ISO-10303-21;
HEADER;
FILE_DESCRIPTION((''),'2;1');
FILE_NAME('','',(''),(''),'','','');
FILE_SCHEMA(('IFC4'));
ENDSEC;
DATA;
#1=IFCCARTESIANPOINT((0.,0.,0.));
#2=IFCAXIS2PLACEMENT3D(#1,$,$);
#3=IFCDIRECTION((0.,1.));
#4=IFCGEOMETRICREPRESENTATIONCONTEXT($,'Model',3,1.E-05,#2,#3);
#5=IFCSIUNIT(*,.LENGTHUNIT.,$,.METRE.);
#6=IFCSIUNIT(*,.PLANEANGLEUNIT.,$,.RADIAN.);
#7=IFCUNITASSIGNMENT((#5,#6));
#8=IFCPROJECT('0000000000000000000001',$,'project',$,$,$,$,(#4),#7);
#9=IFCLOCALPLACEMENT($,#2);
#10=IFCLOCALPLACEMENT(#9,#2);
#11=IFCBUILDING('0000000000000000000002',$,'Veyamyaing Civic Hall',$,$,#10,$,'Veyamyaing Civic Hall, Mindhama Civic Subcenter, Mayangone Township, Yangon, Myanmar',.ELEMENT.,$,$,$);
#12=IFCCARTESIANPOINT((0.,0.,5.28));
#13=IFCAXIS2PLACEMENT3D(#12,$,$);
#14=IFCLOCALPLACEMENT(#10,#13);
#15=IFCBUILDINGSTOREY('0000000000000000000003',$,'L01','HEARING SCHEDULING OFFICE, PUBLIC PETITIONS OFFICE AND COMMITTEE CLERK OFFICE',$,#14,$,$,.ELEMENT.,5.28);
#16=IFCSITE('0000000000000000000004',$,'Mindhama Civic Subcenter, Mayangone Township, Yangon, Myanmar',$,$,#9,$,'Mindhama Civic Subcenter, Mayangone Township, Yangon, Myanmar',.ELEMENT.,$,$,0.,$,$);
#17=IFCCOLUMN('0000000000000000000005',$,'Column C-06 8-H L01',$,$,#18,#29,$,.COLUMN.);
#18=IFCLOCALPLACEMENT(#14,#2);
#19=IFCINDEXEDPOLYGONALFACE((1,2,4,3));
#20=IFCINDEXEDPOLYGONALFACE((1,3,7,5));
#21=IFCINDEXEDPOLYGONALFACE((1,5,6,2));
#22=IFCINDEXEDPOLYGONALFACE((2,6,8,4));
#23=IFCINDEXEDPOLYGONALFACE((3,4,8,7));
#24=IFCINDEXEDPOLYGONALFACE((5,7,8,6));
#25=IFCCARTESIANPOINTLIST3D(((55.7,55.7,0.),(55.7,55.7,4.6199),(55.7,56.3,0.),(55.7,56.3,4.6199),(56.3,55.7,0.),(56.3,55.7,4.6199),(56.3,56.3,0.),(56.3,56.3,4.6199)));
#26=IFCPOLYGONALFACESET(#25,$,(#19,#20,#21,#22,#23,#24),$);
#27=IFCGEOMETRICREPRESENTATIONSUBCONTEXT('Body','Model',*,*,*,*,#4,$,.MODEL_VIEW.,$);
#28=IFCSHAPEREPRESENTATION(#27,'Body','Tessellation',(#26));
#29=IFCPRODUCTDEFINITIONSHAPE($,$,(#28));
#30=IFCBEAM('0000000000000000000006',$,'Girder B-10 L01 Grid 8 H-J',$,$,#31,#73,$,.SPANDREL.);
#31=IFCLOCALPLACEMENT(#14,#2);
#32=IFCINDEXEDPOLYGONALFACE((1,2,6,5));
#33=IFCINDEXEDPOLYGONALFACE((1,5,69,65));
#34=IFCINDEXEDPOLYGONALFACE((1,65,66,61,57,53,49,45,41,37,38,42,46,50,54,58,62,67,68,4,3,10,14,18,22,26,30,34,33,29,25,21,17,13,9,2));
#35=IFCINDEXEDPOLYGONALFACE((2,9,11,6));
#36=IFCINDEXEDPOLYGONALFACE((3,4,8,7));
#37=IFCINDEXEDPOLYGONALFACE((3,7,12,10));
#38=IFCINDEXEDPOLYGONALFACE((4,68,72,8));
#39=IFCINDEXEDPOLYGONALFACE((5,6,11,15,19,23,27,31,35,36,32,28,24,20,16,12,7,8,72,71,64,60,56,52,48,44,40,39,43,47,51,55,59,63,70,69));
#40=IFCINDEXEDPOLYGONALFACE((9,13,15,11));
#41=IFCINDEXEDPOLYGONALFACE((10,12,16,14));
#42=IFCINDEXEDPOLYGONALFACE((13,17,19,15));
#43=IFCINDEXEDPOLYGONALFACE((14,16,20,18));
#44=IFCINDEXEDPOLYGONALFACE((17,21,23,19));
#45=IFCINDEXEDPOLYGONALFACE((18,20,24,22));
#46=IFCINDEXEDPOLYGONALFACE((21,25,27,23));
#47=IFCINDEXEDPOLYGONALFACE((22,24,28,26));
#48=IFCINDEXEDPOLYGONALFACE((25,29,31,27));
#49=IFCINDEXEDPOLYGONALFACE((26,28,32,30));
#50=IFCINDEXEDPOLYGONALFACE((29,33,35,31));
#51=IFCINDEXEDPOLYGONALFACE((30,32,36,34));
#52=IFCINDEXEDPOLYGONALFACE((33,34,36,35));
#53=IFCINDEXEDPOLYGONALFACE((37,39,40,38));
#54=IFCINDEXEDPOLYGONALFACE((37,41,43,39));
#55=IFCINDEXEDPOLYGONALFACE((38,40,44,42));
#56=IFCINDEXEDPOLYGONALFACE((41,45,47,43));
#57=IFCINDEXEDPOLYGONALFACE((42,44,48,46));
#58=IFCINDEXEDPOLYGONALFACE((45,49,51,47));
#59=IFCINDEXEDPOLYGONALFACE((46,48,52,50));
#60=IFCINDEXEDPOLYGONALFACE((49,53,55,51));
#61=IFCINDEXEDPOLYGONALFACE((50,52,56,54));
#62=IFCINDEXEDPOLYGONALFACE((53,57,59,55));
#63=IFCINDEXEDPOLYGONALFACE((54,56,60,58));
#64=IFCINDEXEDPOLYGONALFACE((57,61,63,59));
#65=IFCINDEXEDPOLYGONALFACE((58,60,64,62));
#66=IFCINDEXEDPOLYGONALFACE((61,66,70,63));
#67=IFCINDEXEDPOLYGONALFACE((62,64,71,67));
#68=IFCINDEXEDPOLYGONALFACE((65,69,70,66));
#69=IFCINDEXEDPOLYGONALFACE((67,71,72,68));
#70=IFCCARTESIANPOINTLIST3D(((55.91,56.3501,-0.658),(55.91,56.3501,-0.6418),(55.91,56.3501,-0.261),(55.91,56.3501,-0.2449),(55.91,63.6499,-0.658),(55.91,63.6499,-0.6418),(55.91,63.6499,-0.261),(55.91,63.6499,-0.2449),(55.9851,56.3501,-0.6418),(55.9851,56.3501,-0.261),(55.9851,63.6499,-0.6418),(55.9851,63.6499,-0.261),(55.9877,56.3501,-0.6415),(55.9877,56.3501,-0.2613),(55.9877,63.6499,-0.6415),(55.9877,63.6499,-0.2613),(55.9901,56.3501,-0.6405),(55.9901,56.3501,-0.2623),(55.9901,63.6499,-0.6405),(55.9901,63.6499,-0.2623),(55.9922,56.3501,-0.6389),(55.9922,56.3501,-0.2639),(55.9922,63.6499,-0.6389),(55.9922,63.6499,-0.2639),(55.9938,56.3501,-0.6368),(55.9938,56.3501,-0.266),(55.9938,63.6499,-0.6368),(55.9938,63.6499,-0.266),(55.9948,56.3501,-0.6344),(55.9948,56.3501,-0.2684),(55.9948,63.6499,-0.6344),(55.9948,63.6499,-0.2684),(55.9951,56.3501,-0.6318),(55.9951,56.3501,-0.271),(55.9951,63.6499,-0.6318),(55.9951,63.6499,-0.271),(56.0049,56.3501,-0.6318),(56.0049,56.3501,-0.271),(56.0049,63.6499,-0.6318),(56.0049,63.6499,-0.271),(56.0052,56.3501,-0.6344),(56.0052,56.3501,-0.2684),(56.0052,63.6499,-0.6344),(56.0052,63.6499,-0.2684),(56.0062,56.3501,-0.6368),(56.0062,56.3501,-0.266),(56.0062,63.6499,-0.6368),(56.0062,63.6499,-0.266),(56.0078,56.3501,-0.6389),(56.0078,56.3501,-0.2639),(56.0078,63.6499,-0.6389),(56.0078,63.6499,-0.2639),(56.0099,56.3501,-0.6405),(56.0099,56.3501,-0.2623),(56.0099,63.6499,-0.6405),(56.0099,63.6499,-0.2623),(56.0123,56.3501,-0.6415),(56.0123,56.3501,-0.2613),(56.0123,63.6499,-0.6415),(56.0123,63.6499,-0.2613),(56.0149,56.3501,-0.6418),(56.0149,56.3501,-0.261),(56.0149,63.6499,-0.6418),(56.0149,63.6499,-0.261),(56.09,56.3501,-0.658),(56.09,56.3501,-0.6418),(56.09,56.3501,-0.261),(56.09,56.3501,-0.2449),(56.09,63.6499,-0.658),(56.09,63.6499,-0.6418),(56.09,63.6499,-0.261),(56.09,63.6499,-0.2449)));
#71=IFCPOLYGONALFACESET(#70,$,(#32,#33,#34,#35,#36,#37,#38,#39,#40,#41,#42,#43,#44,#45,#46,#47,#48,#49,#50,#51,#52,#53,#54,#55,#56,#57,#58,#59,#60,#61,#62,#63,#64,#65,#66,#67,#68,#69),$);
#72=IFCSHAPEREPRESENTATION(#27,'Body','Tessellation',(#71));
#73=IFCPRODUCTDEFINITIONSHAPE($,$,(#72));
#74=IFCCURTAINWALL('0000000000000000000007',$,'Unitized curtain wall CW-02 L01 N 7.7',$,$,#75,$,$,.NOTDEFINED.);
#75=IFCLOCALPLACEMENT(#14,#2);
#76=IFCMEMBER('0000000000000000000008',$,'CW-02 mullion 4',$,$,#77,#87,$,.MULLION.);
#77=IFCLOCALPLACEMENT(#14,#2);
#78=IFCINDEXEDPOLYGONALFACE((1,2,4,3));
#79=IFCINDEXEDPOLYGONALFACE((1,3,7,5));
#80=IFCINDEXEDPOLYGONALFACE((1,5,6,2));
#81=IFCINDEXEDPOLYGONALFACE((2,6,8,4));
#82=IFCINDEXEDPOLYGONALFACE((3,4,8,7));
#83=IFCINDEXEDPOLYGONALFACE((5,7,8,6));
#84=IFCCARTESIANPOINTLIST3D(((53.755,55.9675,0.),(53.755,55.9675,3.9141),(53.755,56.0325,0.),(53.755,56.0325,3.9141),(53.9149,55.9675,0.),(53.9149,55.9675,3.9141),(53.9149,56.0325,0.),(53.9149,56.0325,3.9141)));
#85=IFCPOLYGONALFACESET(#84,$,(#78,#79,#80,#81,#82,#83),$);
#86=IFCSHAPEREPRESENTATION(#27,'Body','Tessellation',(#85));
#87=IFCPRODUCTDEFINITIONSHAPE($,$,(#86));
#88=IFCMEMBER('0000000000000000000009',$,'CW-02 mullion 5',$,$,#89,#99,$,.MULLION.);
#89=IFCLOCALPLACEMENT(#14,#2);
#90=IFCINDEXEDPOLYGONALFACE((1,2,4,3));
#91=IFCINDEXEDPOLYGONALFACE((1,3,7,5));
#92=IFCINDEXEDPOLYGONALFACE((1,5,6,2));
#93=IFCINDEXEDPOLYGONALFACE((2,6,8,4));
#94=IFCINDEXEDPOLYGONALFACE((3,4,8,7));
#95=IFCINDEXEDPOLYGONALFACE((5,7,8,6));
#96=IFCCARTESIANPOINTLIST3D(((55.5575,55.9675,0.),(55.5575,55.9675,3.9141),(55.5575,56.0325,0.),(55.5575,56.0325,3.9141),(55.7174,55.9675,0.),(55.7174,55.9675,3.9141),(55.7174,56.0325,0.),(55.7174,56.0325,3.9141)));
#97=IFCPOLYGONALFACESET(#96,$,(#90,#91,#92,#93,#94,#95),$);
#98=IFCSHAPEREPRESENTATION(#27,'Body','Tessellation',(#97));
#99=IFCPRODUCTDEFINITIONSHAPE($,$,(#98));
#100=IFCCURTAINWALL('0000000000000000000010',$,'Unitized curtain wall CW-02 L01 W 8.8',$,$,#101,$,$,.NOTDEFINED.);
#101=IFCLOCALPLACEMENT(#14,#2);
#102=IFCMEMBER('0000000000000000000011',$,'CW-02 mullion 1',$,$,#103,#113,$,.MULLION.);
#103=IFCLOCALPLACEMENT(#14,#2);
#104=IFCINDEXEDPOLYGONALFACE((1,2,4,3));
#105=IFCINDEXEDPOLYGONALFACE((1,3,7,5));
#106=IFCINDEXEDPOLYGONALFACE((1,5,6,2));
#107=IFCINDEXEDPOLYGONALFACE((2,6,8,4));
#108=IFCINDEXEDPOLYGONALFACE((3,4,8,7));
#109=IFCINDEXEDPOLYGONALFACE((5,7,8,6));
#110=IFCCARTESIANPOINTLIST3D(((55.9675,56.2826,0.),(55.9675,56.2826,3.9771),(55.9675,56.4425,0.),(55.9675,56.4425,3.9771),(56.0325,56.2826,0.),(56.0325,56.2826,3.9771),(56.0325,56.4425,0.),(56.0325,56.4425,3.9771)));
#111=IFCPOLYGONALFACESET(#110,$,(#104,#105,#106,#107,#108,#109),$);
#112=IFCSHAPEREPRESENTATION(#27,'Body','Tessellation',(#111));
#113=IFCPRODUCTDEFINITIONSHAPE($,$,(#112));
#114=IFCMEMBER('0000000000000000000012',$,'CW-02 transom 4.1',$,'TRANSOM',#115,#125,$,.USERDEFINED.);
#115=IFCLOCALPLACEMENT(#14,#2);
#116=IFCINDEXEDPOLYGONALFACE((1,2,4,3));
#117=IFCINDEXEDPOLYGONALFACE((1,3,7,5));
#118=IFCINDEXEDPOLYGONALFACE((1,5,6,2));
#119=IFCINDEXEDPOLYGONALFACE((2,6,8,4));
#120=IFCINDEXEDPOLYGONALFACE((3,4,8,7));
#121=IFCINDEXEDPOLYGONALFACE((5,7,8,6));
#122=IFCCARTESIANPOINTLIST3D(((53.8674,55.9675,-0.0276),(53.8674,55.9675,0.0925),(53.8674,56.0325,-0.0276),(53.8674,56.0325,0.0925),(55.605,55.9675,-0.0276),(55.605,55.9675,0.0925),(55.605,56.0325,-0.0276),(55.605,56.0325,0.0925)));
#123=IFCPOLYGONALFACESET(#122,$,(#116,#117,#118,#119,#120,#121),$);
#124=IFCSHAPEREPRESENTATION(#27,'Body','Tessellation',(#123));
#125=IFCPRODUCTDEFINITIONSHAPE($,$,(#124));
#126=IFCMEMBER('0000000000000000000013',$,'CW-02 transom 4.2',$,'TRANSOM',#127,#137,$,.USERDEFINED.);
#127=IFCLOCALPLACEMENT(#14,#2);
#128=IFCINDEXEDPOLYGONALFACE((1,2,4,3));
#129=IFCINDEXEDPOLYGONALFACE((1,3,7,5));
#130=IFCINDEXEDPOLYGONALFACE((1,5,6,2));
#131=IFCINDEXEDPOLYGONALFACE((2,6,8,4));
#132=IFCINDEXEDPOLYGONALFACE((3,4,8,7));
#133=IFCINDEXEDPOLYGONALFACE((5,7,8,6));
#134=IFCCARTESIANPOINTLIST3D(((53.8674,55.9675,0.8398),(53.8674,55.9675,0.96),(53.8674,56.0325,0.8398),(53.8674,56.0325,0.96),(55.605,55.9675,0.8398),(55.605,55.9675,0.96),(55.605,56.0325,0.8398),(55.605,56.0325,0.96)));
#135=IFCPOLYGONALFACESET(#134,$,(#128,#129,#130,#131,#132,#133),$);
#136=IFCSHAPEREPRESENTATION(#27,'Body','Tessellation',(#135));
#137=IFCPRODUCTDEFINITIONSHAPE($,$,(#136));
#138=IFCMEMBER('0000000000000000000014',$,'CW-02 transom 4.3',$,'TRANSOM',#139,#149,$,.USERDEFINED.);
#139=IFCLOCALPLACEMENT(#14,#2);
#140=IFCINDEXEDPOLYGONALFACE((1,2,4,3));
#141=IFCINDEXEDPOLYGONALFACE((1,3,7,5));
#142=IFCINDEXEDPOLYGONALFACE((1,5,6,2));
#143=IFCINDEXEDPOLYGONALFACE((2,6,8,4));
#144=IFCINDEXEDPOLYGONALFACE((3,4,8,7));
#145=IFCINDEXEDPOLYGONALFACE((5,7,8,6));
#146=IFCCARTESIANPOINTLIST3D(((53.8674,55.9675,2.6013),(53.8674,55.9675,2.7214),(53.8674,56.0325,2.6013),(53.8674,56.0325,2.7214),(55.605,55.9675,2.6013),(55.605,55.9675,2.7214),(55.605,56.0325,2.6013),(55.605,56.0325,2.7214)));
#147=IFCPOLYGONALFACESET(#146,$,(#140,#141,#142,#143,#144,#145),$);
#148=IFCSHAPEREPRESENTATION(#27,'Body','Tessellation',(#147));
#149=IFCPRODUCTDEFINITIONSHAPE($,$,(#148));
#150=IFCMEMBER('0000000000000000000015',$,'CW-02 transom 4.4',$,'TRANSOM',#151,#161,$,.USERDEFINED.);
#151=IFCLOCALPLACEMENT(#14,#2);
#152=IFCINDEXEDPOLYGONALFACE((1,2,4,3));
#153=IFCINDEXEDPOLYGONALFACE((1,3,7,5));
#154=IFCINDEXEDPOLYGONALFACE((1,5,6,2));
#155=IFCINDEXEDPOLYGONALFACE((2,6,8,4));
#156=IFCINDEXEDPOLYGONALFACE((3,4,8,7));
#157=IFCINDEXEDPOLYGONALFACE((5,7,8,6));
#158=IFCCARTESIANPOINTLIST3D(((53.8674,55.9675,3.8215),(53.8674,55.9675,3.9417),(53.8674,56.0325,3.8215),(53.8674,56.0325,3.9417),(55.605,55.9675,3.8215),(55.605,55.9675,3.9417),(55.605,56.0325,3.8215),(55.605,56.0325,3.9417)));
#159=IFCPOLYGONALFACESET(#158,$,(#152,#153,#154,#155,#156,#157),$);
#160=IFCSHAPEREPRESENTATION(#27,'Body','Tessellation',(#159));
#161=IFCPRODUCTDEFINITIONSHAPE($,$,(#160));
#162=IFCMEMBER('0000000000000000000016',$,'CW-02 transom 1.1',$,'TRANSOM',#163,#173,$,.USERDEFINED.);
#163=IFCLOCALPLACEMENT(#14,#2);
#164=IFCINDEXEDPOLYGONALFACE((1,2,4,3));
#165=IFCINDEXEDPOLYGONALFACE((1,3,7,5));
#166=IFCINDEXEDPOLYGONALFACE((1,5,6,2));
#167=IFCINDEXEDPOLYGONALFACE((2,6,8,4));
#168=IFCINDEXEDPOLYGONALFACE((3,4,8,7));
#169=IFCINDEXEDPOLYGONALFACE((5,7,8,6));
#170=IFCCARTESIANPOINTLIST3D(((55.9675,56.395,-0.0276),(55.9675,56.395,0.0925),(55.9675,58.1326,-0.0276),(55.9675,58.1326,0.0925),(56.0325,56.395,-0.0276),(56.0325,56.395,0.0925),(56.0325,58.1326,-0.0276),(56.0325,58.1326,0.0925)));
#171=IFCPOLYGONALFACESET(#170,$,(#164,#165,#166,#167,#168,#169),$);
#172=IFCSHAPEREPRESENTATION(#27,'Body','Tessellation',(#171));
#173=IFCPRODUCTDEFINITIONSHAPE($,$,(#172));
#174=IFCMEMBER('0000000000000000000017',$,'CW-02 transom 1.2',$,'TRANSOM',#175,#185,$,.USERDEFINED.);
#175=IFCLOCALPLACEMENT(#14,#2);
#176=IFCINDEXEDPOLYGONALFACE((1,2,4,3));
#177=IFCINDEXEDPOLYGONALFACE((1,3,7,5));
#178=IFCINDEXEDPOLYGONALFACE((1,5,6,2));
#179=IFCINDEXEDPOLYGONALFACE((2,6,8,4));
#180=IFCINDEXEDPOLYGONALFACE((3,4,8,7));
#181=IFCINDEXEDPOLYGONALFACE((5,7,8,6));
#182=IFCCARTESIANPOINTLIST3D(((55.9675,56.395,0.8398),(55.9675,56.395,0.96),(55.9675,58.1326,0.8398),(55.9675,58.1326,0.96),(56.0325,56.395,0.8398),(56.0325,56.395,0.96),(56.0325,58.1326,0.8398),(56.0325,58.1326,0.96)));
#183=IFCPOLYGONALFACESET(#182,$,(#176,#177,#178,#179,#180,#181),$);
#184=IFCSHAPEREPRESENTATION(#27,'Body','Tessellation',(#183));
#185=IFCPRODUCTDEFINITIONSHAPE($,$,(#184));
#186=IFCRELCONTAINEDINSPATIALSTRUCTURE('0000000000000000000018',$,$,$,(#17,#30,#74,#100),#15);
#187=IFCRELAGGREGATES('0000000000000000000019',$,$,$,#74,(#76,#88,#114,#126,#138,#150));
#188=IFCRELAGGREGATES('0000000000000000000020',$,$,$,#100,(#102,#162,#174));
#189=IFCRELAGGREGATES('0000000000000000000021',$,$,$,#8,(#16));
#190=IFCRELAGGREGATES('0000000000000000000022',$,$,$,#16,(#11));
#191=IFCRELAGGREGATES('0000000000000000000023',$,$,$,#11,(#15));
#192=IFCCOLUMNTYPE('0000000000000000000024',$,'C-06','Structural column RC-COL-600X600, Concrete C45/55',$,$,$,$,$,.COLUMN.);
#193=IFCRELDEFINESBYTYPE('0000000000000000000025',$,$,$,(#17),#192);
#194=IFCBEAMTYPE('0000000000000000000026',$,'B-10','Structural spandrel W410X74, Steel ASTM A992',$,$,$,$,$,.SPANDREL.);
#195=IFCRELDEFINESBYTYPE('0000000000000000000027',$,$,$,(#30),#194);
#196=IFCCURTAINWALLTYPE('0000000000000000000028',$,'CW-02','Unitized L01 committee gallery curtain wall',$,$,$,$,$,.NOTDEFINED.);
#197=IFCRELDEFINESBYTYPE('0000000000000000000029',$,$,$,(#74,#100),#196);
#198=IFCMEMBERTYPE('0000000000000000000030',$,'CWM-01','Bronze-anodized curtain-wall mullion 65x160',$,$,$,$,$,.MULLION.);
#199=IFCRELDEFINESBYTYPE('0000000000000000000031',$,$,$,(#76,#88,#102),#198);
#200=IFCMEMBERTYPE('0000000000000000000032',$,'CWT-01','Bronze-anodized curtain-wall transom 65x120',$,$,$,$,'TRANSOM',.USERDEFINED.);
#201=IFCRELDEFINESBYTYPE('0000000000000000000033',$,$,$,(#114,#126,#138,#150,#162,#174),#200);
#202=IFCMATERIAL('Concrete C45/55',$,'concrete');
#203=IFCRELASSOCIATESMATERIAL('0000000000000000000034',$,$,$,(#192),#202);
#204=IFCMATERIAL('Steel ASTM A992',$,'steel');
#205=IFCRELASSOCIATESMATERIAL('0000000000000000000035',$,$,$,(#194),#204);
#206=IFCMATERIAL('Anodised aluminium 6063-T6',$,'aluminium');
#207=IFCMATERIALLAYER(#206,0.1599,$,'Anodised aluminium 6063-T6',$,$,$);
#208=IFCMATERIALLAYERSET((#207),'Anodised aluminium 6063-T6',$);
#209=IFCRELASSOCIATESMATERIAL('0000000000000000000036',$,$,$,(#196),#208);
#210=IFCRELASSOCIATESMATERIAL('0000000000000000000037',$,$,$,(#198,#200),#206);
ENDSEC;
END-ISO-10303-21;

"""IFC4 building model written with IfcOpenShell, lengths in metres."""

from ifc_helpers import new_model, si_unit, direction, frame, origin, origin_2d, place, context, subcontext, project, spatial, rectangle, i_section, extrude, material, layer, layer_set, material_profile, profile_set, type_object, element, aggregate, save


model = new_model("IFC4")

# Units and contexts
model_context = context("Model", 3, precision=1e-05, world=origin(), true_north=direction((0.0, 1.0)))
body_context = subcontext(model_context, "Body", "Model", "MODEL_VIEW")
ifc_project = project(units=[si_unit("LENGTHUNIT", "METRE"), si_unit("PLANEANGLEUNIT", "RADIAN")], contexts=[model_context])

# Site, building, storey
site_placement = place(None, origin())
site = spatial("IfcSite", under=ifc_project, at=site_placement, Name="Mindhama Civic Subcenter, Mayangone Township, Yangon, Myanmar", LongName="Mindhama Civic Subcenter, Mayangone Township, Yangon, Myanmar", CompositionType="ELEMENT", RefElevation=0.0)
building_placement = place(site_placement, origin())
building = spatial("IfcBuilding", under=site, at=building_placement, Name="Veyamyaing Civic Hall", LongName="Veyamyaing Civic Hall, Mindhama Civic Subcenter, Mayangone Township, Yangon, Myanmar", CompositionType="ELEMENT")
storey_placement = place(building_placement, frame((0.0, 0.0, 5.28)))
storey = spatial("IfcBuildingStorey", under=building, at=storey_placement, Name="L01", Description="HEARING SCHEDULING OFFICE, PUBLIC PETITIONS OFFICE AND COMMITTEE CLERK OFFICE", CompositionType="ELEMENT", Elevation=5.28)

# Column
ifc_material_1 = material(Name="Concrete C45/55", Category="concrete")
ifc_material_profile_1 = material_profile(ifc_material_1, rectangle(XDim=0.6001, YDim=0.6001, at=origin_2d()), Name="RC-COL-600X600")
ifc_profile_set_1 = profile_set([ifc_material_profile_1], Name="Concrete C45/55")
column_type = type_object("IfcColumnType", Name="C-06", Description="Structural column RC-COL-600X600, Concrete C45/55", PredefinedType="COLUMN", material=ifc_profile_set_1)
column_placement = place(storey_placement, frame((56.0, 56.0, 0.0), z_axis=(0.0, 0.0, 1.0), x_axis=(1.0, 0.0, 0.0)))
element("IfcColumn", 1, at=column_placement, inside=storey, type_object=column_type, Name="Column C-06 8-H L01", PredefinedType="COLUMN", context=body_context, shape_type="SweptSolid", body=[
    extrude(rectangle(XDim=0.6001, YDim=0.6001, at=origin_2d()), origin(), (0.0, 0.0, 1.0), 4.6199),
])

# Beam
ifc_material_2 = material(Name="Steel ASTM A992", Category="steel")
ifc_material_profile_2 = material_profile(ifc_material_2, i_section(OverallWidth=0.1799, OverallDepth=0.4131, WebThickness=0.0098, FlangeThickness=0.0161, FilletRadius=0.01, at=origin_2d()), Name="W410X74")
ifc_profile_set_2 = profile_set([ifc_material_profile_2], Name="Steel ASTM A992")
beam_type = type_object("IfcBeamType", Name="B-10", Description="Structural spandrel W410X74, Steel ASTM A992", PredefinedType="SPANDREL", material=ifc_profile_set_2)
beam_placement = place(storey_placement, frame((56.0, 56.3501, -0.4514), z_axis=(0.0, 1.0, 0.0), x_axis=(-1.0, 0.0, 0.0)))
element("IfcBeam", 2, at=beam_placement, inside=storey, type_object=beam_type, Name="Girder B-10 L01 Grid 8 H-J", PredefinedType="SPANDREL", context=body_context, shape_type="SweptSolid", body=[
    extrude(i_section(OverallWidth=0.1799, OverallDepth=0.4131, WebThickness=0.0098, FlangeThickness=0.0161, FilletRadius=0.01, at=origin_2d()), origin(), (0.0, 0.0, 1.0), 7.2998),
])

# Curtain wall, members
ifc_material_3 = material(Name="Anodised aluminium 6063-T6", Category="aluminium")
ifc_layer_1 = layer(ifc_material_3, 0.1599, Name="Anodised aluminium 6063-T6")
ifc_layer_set_1 = layer_set([ifc_layer_1], Name="Anodised aluminium 6063-T6")
curtain_wall_type = type_object("IfcCurtainWallType", Name="CW-02", Description="Unitized L01 committee gallery curtain wall", PredefinedType="NOTDEFINED", material=ifc_layer_set_1)
curtain_wall_1_placement = place(storey_placement, origin())
curtain_wall_1 = element("IfcCurtainWall", 3, at=curtain_wall_1_placement, inside=storey, type_object=curtain_wall_type, Name="Unitized curtain wall CW-02 L01 N 7.7", PredefinedType="NOTDEFINED")
ifc_material_profile_3 = material_profile(ifc_material_3, rectangle(XDim=0.0649, YDim=0.1599, at=origin_2d()), Name="ALU-MUL-65X160")
ifc_profile_set_3 = profile_set([ifc_material_profile_3], Name="Anodised aluminium 6063-T6")
member_type_1 = type_object("IfcMemberType", Name="CWM-01", Description="Bronze-anodized curtain-wall mullion 65x160", PredefinedType="MULLION", material=ifc_profile_set_3)
member_1_placement = place(storey_placement, frame((53.835, 56.0, 0.0), z_axis=(0.0, 0.0, 1.0), x_axis=(0.0, 1.0, 0.0)))
member_1 = element("IfcMember", 4, at=member_1_placement, type_object=member_type_1, Name="CW-02 mullion 4", PredefinedType="MULLION", context=body_context, shape_type="SweptSolid", body=[
    extrude(rectangle(XDim=0.0649, YDim=0.1599, at=origin_2d()), origin(), (0.0, 0.0, 1.0), 3.9141),
])
member_2_placement = place(storey_placement, frame((55.6375, 56.0, 0.0), z_axis=(0.0, 0.0, 1.0), x_axis=(0.0, 1.0, 0.0)))
member_2 = element("IfcMember", 5, at=member_2_placement, type_object=member_type_1, Name="CW-02 mullion 5", PredefinedType="MULLION", context=body_context, shape_type="SweptSolid", body=[
    extrude(rectangle(XDim=0.0649, YDim=0.1599, at=origin_2d()), origin(), (0.0, 0.0, 1.0), 3.9141),
])

# Curtain wall, member
curtain_wall_2_placement = place(storey_placement, origin())
curtain_wall_2 = element("IfcCurtainWall", 6, at=curtain_wall_2_placement, inside=storey, type_object=curtain_wall_type, Name="Unitized curtain wall CW-02 L01 W 8.8", PredefinedType="NOTDEFINED")
member_3_placement = place(storey_placement, frame((56.0, 56.3625, 0.0), z_axis=(0.0, 0.0, 1.0), x_axis=(-1.0, 0.0, 0.0)))
member_3 = element("IfcMember", 7, at=member_3_placement, type_object=member_type_1, Name="CW-02 mullion 1", PredefinedType="MULLION", context=body_context, shape_type="SweptSolid", body=[
    extrude(rectangle(XDim=0.0649, YDim=0.1599, at=origin_2d()), origin(), (0.0, 0.0, 1.0), 3.9771),
])

# Members
ifc_material_profile_4 = material_profile(ifc_material_3, rectangle(XDim=0.0649, YDim=0.1201, at=origin_2d()), Name="ALU-TRN-65X120")
ifc_profile_set_4 = profile_set([ifc_material_profile_4], Name="Anodised aluminium 6063-T6")
member_type_2 = type_object("IfcMemberType", Name="CWT-01", Description="Bronze-anodized curtain-wall transom 65x120", ElementType="TRANSOM", PredefinedType="USERDEFINED", material=ifc_profile_set_4)
member_4_placement = place(storey_placement, frame((53.8674, 56.0, 0.0325), z_axis=(1.0, 0.0, 0.0), x_axis=(0.0, 1.0, 0.0)))
member_4 = element("IfcMember", 8, at=member_4_placement, type_object=member_type_2, Name="CW-02 transom 4.1", ObjectType="TRANSOM", PredefinedType="USERDEFINED", context=body_context, shape_type="SweptSolid", body=[
    extrude(rectangle(XDim=0.0649, YDim=0.1201, at=origin_2d()), origin(), (0.0, 0.0, 1.0), 1.7375),
])
member_5_placement = place(storey_placement, frame((53.8674, 56.0, 0.8999), z_axis=(1.0, 0.0, 0.0), x_axis=(0.0, 1.0, 0.0)))
member_5 = element("IfcMember", 9, at=member_5_placement, type_object=member_type_2, Name="CW-02 transom 4.2", ObjectType="TRANSOM", PredefinedType="USERDEFINED", context=body_context, shape_type="SweptSolid", body=[
    extrude(rectangle(XDim=0.0649, YDim=0.1201, at=origin_2d()), origin(), (0.0, 0.0, 1.0), 1.7375),
])
member_6_placement = place(storey_placement, frame((53.8674, 56.0, 2.6614), z_axis=(1.0, 0.0, 0.0), x_axis=(0.0, 1.0, 0.0)))
member_6 = element("IfcMember", 10, at=member_6_placement, type_object=member_type_2, Name="CW-02 transom 4.3", ObjectType="TRANSOM", PredefinedType="USERDEFINED", context=body_context, shape_type="SweptSolid", body=[
    extrude(rectangle(XDim=0.0649, YDim=0.1201, at=origin_2d()), origin(), (0.0, 0.0, 1.0), 1.7375),
])
member_7_placement = place(storey_placement, frame((53.8674, 56.0, 3.8816), z_axis=(1.0, 0.0, 0.0), x_axis=(0.0, 1.0, 0.0)))
member_7 = element("IfcMember", 11, at=member_7_placement, type_object=member_type_2, Name="CW-02 transom 4.4", ObjectType="TRANSOM", PredefinedType="USERDEFINED", context=body_context, shape_type="SweptSolid", body=[
    extrude(rectangle(XDim=0.0649, YDim=0.1201, at=origin_2d()), origin(), (0.0, 0.0, 1.0), 1.7375),
])
member_8_placement = place(storey_placement, frame((56.0, 56.395, 0.0325), z_axis=(0.0, 1.0, 0.0), x_axis=(-1.0, 0.0, 0.0)))
member_8 = element("IfcMember", 12, at=member_8_placement, type_object=member_type_2, Name="CW-02 transom 1.1", ObjectType="TRANSOM", PredefinedType="USERDEFINED", context=body_context, shape_type="SweptSolid", body=[
    extrude(rectangle(XDim=0.0649, YDim=0.1201, at=origin_2d()), origin(), (0.0, 0.0, 1.0), 1.7375),
])
member_9_placement = place(storey_placement, frame((56.0, 56.395, 0.8999), z_axis=(0.0, 1.0, 0.0), x_axis=(-1.0, 0.0, 0.0)))
member_9 = element("IfcMember", 13, at=member_9_placement, type_object=member_type_2, Name="CW-02 transom 1.2", ObjectType="TRANSOM", PredefinedType="USERDEFINED", context=body_context, shape_type="SweptSolid", body=[
    extrude(rectangle(XDim=0.0649, YDim=0.1201, at=origin_2d()), origin(), (0.0, 0.0, 1.0), 1.7375),
])

aggregate(curtain_wall_1, [member_1, member_2, member_4, member_5, member_6, member_7])
aggregate(curtain_wall_2, [member_3, member_8, member_9])

save(model, "model.ifc")
